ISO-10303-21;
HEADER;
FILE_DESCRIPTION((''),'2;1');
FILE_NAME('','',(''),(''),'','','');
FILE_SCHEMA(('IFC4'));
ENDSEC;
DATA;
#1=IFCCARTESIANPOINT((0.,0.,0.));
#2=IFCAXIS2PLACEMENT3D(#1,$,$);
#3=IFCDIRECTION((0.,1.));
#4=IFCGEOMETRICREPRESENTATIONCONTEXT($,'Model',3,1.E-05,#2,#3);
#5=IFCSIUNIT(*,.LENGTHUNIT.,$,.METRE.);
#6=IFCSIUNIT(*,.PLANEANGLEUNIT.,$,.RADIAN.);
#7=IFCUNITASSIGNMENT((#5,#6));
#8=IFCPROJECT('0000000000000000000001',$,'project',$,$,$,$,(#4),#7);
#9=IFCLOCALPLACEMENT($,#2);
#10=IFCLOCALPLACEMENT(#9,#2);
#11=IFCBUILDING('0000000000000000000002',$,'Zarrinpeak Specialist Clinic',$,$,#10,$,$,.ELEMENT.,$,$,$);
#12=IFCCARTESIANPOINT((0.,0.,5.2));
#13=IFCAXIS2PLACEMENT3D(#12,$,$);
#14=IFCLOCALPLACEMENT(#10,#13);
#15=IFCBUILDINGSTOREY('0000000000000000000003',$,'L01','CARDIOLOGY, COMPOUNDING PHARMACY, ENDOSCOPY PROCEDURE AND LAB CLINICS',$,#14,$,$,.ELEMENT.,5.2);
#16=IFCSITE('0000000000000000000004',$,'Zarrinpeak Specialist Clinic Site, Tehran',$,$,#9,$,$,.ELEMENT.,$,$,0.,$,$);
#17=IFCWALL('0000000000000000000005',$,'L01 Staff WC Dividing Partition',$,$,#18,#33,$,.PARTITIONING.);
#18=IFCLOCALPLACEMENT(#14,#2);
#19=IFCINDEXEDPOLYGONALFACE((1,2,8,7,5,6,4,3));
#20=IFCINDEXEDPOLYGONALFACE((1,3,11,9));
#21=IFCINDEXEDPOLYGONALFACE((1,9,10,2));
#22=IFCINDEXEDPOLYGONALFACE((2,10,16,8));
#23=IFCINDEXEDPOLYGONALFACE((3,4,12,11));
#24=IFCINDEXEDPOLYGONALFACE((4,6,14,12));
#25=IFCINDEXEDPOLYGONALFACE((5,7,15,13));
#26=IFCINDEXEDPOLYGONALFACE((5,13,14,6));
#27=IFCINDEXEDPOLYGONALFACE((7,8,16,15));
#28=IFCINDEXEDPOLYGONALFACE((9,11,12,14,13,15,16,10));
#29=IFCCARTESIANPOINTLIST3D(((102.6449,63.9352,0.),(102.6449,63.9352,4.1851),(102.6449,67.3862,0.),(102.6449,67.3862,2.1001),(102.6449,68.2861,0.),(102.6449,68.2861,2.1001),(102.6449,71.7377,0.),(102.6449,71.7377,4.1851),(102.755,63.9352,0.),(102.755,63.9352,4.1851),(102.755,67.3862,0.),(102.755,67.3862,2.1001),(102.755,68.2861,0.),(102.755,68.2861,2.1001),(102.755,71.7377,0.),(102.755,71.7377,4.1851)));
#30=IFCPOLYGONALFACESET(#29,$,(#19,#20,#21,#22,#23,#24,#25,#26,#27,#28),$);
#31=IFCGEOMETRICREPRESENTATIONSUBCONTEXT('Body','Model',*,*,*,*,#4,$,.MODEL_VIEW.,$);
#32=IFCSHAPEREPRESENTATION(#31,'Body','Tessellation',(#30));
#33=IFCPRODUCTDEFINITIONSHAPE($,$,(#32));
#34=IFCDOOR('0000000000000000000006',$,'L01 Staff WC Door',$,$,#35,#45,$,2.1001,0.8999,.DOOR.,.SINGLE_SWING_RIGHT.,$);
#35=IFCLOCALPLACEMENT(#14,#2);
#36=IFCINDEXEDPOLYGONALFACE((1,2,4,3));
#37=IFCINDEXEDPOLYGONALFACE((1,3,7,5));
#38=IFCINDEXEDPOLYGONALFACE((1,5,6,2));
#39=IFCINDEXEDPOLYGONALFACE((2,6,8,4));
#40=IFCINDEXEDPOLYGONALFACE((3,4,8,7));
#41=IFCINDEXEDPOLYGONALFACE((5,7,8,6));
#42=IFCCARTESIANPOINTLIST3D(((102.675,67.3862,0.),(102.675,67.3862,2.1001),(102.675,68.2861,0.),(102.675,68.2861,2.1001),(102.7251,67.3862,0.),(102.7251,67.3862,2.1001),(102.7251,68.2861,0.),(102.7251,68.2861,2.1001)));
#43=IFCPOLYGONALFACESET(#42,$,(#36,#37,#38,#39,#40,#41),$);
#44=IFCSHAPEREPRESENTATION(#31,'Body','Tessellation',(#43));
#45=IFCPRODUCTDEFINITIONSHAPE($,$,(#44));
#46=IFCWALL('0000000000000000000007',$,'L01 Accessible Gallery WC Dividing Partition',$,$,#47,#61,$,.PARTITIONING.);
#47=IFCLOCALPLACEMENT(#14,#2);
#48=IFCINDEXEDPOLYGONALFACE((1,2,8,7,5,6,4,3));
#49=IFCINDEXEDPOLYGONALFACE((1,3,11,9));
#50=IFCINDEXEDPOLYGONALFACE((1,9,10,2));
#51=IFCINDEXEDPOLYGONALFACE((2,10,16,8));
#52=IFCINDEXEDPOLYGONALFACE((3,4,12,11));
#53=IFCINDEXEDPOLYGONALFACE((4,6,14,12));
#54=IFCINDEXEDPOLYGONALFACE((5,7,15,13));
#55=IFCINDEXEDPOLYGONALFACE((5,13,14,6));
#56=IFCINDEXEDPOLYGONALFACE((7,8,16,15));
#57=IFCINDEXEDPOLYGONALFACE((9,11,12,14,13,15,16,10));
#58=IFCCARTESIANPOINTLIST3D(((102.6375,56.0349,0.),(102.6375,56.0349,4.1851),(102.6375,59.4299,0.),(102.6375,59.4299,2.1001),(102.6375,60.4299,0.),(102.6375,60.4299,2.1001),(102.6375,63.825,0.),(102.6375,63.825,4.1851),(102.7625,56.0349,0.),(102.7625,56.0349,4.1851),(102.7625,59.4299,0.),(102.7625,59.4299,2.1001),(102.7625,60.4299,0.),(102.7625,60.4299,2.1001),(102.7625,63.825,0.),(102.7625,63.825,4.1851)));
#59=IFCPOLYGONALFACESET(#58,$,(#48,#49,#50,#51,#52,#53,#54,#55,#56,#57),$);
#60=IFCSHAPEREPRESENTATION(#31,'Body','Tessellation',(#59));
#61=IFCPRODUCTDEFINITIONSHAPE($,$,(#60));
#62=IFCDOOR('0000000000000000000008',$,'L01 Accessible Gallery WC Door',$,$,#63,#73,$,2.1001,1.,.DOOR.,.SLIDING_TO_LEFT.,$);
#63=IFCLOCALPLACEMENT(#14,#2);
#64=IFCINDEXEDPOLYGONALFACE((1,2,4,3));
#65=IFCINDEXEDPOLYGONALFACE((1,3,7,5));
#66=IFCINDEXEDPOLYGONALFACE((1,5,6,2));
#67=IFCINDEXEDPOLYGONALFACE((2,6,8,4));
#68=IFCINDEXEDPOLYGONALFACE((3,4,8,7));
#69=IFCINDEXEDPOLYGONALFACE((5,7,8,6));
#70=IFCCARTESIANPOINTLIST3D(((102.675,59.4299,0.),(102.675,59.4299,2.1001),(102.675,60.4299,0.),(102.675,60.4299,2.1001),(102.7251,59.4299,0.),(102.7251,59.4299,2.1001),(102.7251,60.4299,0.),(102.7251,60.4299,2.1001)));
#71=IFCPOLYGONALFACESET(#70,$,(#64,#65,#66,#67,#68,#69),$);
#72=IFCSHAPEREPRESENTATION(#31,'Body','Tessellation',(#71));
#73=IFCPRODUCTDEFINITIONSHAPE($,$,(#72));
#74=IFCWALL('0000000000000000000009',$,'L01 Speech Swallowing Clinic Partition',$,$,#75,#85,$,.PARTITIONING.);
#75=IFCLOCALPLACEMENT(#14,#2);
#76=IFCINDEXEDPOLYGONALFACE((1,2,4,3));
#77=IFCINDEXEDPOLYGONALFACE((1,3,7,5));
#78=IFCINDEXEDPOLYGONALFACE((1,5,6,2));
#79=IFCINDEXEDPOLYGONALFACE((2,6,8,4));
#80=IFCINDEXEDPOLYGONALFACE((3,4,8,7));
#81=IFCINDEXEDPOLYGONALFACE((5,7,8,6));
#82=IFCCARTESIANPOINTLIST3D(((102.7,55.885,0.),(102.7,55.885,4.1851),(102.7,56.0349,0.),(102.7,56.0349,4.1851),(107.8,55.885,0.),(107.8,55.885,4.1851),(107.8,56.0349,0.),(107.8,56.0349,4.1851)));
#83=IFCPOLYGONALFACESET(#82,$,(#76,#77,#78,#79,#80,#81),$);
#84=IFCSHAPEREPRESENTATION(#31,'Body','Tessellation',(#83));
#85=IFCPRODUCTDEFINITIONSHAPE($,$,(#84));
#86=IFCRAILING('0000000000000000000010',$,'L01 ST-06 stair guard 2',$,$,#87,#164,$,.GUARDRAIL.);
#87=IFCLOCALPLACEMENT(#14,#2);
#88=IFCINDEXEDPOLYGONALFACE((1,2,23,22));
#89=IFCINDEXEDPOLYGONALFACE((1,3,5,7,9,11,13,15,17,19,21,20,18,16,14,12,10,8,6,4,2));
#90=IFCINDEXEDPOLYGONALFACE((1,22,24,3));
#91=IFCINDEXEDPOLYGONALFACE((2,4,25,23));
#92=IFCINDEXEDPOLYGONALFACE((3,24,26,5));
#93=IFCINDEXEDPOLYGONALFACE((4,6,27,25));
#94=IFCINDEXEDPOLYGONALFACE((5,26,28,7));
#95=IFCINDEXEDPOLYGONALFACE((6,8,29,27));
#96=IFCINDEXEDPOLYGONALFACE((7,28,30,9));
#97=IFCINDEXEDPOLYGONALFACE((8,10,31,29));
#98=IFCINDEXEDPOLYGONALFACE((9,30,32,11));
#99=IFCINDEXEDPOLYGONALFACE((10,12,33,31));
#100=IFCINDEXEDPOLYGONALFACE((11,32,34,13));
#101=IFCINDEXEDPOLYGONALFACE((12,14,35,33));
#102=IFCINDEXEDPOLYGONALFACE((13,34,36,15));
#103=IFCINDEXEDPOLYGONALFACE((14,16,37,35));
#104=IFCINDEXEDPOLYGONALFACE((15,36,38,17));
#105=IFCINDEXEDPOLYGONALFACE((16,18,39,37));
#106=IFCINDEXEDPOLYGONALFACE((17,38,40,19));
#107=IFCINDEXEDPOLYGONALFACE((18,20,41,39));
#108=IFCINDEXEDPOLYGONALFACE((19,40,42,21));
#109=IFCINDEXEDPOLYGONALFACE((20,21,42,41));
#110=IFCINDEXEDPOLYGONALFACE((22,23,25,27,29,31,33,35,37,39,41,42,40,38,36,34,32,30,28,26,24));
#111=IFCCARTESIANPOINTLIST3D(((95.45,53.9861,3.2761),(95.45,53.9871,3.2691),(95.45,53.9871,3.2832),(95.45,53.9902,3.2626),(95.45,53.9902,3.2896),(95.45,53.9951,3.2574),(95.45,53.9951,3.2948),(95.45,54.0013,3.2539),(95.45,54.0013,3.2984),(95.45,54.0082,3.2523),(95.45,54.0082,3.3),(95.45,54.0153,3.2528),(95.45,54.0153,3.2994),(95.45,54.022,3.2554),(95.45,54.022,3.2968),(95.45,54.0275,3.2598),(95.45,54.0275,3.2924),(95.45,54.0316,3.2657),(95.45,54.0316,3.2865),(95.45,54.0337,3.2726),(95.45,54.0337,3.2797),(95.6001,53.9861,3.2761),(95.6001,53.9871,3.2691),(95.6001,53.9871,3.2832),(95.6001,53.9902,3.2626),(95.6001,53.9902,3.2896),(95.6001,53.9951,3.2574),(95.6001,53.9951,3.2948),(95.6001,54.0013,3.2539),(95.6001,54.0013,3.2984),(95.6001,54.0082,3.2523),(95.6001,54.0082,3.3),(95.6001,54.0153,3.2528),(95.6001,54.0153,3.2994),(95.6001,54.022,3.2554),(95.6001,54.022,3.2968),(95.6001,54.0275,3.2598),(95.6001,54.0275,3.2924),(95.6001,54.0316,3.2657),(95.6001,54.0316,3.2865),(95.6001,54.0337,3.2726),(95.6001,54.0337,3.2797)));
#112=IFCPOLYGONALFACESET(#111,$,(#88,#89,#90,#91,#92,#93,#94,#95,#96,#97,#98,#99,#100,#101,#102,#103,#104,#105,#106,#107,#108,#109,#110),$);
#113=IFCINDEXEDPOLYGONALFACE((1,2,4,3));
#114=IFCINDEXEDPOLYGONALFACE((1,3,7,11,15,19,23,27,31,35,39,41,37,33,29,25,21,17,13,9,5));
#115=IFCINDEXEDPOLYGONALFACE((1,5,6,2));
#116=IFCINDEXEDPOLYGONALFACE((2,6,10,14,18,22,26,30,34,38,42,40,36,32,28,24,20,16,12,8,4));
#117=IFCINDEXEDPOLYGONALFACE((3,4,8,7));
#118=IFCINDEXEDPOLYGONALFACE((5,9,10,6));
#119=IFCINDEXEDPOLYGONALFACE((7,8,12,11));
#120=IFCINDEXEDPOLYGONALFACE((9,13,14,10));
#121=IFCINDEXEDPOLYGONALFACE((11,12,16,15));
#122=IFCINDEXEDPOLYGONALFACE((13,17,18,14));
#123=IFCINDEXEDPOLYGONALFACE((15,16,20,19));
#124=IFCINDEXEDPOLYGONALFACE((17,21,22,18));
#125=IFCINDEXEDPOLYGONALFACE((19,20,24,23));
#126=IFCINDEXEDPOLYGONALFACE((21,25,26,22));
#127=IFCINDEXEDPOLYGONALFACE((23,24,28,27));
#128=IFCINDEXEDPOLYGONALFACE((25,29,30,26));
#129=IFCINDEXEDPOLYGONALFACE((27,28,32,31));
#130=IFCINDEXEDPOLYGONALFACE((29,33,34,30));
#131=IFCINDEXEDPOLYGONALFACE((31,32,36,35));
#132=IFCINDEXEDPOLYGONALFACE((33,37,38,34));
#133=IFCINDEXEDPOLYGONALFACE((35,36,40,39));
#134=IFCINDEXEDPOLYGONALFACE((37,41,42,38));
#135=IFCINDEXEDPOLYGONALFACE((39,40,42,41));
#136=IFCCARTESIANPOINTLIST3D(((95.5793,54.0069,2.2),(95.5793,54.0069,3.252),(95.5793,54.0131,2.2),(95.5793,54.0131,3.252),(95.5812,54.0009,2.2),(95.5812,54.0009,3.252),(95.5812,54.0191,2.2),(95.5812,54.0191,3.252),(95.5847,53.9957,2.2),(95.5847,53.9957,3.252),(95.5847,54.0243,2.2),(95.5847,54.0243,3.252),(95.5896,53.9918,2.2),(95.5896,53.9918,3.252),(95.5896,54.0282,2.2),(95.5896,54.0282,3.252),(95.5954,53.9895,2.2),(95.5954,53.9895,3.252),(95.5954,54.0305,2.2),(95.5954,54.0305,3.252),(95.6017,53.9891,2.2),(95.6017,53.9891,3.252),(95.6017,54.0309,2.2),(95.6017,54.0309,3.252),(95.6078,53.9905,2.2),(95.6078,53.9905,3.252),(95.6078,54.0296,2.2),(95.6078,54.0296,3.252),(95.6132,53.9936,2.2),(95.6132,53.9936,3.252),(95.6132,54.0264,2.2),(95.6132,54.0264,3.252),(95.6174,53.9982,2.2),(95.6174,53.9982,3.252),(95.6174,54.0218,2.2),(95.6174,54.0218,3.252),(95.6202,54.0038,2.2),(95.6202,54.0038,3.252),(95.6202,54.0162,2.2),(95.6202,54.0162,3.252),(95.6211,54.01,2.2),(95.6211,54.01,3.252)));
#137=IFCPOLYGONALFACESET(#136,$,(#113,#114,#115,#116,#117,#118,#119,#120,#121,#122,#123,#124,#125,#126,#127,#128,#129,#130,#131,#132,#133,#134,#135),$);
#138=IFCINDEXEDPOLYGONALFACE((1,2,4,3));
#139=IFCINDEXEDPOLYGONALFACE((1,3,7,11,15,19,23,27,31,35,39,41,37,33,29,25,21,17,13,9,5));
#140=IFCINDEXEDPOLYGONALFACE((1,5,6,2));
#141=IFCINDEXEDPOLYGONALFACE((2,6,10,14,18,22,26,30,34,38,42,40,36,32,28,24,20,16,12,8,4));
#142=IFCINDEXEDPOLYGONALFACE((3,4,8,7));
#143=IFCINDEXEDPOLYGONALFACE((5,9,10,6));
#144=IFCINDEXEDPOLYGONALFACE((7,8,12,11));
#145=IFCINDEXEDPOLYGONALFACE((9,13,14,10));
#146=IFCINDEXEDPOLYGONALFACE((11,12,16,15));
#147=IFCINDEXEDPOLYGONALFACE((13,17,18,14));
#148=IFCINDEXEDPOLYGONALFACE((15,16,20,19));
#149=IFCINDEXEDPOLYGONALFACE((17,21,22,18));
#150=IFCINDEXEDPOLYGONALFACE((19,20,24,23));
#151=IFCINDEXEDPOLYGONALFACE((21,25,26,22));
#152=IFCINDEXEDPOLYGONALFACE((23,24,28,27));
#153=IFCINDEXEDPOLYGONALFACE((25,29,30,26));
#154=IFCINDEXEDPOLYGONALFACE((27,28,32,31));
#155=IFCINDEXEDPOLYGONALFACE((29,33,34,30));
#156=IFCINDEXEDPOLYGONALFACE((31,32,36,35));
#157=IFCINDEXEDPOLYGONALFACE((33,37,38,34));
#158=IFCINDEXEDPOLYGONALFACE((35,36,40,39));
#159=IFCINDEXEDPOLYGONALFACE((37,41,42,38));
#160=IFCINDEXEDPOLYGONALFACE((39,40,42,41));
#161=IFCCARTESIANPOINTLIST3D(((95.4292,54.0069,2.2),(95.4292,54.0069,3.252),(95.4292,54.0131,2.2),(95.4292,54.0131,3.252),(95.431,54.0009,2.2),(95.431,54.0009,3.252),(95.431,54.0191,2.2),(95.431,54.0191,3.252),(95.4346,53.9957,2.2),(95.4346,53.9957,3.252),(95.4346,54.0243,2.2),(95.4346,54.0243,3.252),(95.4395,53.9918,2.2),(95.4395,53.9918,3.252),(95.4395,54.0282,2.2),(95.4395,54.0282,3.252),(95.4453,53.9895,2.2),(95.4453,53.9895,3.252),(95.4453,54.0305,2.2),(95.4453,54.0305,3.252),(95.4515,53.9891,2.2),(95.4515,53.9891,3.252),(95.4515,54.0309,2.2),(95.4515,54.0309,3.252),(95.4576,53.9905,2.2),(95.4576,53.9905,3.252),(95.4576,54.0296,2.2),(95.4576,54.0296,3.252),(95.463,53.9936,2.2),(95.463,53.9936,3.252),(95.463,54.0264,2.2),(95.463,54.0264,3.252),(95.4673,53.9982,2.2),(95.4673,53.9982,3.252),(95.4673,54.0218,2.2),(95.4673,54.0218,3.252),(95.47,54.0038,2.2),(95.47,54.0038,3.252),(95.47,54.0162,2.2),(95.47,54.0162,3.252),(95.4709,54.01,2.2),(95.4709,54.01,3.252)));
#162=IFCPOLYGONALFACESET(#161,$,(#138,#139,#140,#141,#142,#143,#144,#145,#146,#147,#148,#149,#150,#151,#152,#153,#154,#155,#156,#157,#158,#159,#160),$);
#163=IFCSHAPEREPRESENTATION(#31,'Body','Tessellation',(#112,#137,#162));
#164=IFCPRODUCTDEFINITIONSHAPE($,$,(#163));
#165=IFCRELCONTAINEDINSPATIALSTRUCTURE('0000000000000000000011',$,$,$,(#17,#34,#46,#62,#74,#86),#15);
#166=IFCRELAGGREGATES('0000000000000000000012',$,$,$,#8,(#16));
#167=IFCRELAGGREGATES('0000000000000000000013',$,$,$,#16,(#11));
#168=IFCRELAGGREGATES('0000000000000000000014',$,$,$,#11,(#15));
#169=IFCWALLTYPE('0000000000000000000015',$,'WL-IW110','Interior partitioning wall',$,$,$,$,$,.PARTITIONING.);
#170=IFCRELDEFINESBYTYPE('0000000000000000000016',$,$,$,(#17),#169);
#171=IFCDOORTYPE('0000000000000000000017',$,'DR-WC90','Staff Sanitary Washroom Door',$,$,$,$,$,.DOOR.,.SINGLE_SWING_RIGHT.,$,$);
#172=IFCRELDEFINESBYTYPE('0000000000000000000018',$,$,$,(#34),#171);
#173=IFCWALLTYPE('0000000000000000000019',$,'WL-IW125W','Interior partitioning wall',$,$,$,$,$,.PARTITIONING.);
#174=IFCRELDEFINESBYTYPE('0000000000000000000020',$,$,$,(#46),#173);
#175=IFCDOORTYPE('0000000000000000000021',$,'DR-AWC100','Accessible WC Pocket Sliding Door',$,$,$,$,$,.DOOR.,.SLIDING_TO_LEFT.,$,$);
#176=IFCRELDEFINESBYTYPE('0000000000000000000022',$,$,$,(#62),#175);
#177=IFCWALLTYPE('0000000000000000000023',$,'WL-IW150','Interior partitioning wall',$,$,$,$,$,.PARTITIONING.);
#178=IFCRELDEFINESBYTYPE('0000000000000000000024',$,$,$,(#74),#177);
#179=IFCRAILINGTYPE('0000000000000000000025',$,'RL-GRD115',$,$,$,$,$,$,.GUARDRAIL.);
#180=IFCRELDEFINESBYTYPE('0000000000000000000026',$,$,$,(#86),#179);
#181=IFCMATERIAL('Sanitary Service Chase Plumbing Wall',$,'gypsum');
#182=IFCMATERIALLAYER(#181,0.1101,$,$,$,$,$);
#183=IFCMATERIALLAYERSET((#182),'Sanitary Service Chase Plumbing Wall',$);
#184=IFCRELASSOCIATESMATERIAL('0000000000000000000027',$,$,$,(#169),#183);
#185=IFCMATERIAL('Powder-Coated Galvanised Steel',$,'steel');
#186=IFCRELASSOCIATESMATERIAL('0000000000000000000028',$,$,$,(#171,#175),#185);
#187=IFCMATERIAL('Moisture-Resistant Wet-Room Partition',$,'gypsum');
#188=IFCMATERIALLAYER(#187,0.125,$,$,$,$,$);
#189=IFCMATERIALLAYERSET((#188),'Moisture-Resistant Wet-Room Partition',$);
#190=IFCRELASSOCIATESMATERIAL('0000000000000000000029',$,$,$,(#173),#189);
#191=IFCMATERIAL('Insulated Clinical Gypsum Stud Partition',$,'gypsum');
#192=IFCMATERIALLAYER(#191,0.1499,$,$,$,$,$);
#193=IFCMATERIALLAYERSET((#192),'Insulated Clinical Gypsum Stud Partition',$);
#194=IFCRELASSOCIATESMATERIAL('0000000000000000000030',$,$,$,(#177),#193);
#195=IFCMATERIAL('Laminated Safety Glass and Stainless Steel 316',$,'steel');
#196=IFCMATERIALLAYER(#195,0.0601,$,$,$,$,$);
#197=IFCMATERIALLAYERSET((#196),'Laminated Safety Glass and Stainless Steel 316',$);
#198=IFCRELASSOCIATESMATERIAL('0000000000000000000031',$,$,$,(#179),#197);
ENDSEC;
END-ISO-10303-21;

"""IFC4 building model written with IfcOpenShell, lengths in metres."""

from ifc_helpers import new_model, si_unit, direction, frame, frame_2d, origin, origin_2d, place, context, subcontext, project, spatial, rectangle, circle, extrude, material, layer, layer_set, type_object, element, fill, save


model = new_model("IFC4")

# Units and contexts
model_context = context("Model", 3, precision=1e-05, world=origin(), true_north=direction((0.0, 1.0)))
body_context = subcontext(model_context, "Body", "Model", "MODEL_VIEW")
ifc_project = project(units=[si_unit("LENGTHUNIT", "METRE"), si_unit("PLANEANGLEUNIT", "RADIAN")], contexts=[model_context])

# Site, building, storey
site_placement = place(None, origin())
site = spatial("IfcSite", under=ifc_project, at=site_placement, Name="Zarrinpeak Specialist Clinic Site, Tehran", CompositionType="ELEMENT", RefElevation=0.0)
building_placement = place(site_placement, origin())
building = spatial("IfcBuilding", under=site, at=building_placement, Name="Zarrinpeak Specialist Clinic", CompositionType="ELEMENT")
storey_placement = place(building_placement, frame((0.0, 0.0, 5.2)))
storey = spatial("IfcBuildingStorey", under=building, at=storey_placement, Name="L01", Description="CARDIOLOGY, COMPOUNDING PHARMACY, ENDOSCOPY PROCEDURE AND LAB CLINICS", CompositionType="ELEMENT", Elevation=5.2)

# Shared definitions
ifc_material_1 = material(Name="Sanitary Service Chase Plumbing Wall", Category="gypsum")
ifc_layer_1 = layer(ifc_material_1, 0.1101)
ifc_layer_set_1 = layer_set([ifc_layer_1], Name="Sanitary Service Chase Plumbing Wall")
wall_type_1 = type_object("IfcWallType", Name="WL-IW110", Description="Interior partitioning wall", PredefinedType="PARTITIONING", material=ifc_layer_set_1)

# Walls, openings, doors
wall_1_placement = place(storey_placement, frame((102.7, 63.9351, 0.0), z_axis=(0.0, 0.0, 1.0), x_axis=(0.0, 1.0, 0.0)))
wall_1 = element("IfcWall", 1, at=wall_1_placement, inside=storey, type_object=wall_type_1, Name="L01 Staff WC Dividing Partition", PredefinedType="PARTITIONING", context=body_context, shape_type="SweptSolid", body=[
    extrude(rectangle(XDim=7.8025, YDim=0.1101, at=frame_2d((3.9014, 0.0))), origin(), (0.0, 0.0, 1.0), 4.1851),
])
opening_1_placement = place(wall_1_placement, frame((3.4512, 0.0, 0.0)))
opening_1 = element("IfcOpeningElement", 2, at=opening_1_placement, cuts=wall_1, PredefinedType="OPENING", context=body_context, shape_type="SweptSolid", body=[
    extrude(rectangle(XDim=0.8999, YDim=2.1001, at=frame_2d((0.45, 1.05))), frame((0.0, 0.0649, 0.0), z_axis=(0.0, -1.0, 0.0), x_axis=(1.0, 0.0, 0.0)), (0.0, 0.0, 1.0), 0.1301),
])
ifc_material_2 = material(Name="Powder-Coated Galvanised Steel", Category="steel")
door_type_1 = type_object("IfcDoorType", Name="DR-WC90", Description="Staff Sanitary Washroom Door", OperationType="SINGLE_SWING_RIGHT", PredefinedType="DOOR", material=ifc_material_2)
door_1_placement = place(opening_1_placement, origin())
door_1 = element("IfcDoor", 3, at=door_1_placement, inside=storey, type_object=door_type_1, Name="L01 Staff WC Door", OperationType="SINGLE_SWING_RIGHT", OverallHeight=2.1001, OverallWidth=0.8999, PredefinedType="DOOR", context=body_context, shape_type="SweptSolid", body=[
    extrude(rectangle(XDim=0.8999, YDim=2.1001, at=frame_2d((0.45, 1.05))), frame((0.0, 0.0249, 0.0), z_axis=(0.0, -1.0, 0.0), x_axis=(1.0, 0.0, 0.0)), (0.0, 0.0, 1.0), 0.05),
])
fill(opening_1, door_1)
ifc_material_3 = material(Name="Moisture-Resistant Wet-Room Partition", Category="gypsum")
ifc_layer_2 = layer(ifc_material_3, 0.125)
ifc_layer_set_2 = layer_set([ifc_layer_2], Name="Moisture-Resistant Wet-Room Partition")
wall_type_2 = type_object("IfcWallType", Name="WL-IW125W", Description="Interior partitioning wall", PredefinedType="PARTITIONING", material=ifc_layer_set_2)
wall_2_placement = place(storey_placement, frame((102.7, 56.0349, 0.0), z_axis=(0.0, 0.0, 1.0), x_axis=(0.0, 1.0, 0.0)))
wall_2 = element("IfcWall", 4, at=wall_2_placement, inside=storey, type_object=wall_type_2, Name="L01 Accessible Gallery WC Dividing Partition", PredefinedType="PARTITIONING", context=body_context, shape_type="SweptSolid", body=[
    extrude(rectangle(XDim=7.79, YDim=0.125, at=frame_2d((3.895, 0.0))), origin(), (0.0, 0.0, 1.0), 4.1851),
])
opening_2_placement = place(wall_2_placement, frame((3.395, 0.0, 0.0)))
opening_2 = element("IfcOpeningElement", 5, at=opening_2_placement, cuts=wall_2, PredefinedType="OPENING", context=body_context, shape_type="SweptSolid", body=[
    extrude(rectangle(XDim=1.0, YDim=2.1001, at=frame_2d((0.5, 1.05))), frame((0.0, 0.0725, 0.0), z_axis=(0.0, -1.0, 0.0), x_axis=(1.0, 0.0, 0.0)), (0.0, 0.0, 1.0), 0.145),
])
door_type_2 = type_object("IfcDoorType", Name="DR-AWC100", Description="Accessible WC Pocket Sliding Door", OperationType="SLIDING_TO_LEFT", PredefinedType="DOOR", material=ifc_material_2)
door_2_placement = place(opening_2_placement, origin())
door_2 = element("IfcDoor", 6, at=door_2_placement, inside=storey, type_object=door_type_2, Name="L01 Accessible Gallery WC Door", OperationType="SLIDING_TO_LEFT", OverallHeight=2.1001, OverallWidth=1.0, PredefinedType="DOOR", context=body_context, shape_type="SweptSolid", body=[
    extrude(rectangle(XDim=1.0, YDim=2.1001, at=frame_2d((0.5, 1.05))), frame((0.0, 0.0249, 0.0), z_axis=(0.0, -1.0, 0.0), x_axis=(1.0, 0.0, 0.0)), (0.0, 0.0, 1.0), 0.05),
])
fill(opening_2, door_2)

# Wall
ifc_material_4 = material(Name="Insulated Clinical Gypsum Stud Partition", Category="gypsum")
ifc_layer_3 = layer(ifc_material_4, 0.1499)
ifc_layer_set_3 = layer_set([ifc_layer_3], Name="Insulated Clinical Gypsum Stud Partition")
wall_type_3 = type_object("IfcWallType", Name="WL-IW150", Description="Interior partitioning wall", PredefinedType="PARTITIONING", material=ifc_layer_set_3)
wall_3_placement = place(storey_placement, frame((102.7, 55.96, 0.0), z_axis=(0.0, 0.0, 1.0), x_axis=(1.0, 0.0, 0.0)))
element("IfcWall", 7, at=wall_3_placement, inside=storey, type_object=wall_type_3, Name="L01 Speech Swallowing Clinic Partition", PredefinedType="PARTITIONING", context=body_context, shape_type="SweptSolid", body=[
    extrude(rectangle(XDim=5.1001, YDim=0.1499, at=frame_2d((2.55, 0.0))), origin(), (0.0, 0.0, 1.0), 4.1851),
])

# Railing
ifc_material_5 = material(Name="Laminated Safety Glass and Stainless Steel 316", Category="steel")
ifc_layer_4 = layer(ifc_material_5, 0.0601)
ifc_layer_set_4 = layer_set([ifc_layer_4], Name="Laminated Safety Glass and Stainless Steel 316")
railing_type = type_object("IfcRailingType", Name="RL-GRD115", PredefinedType="GUARDRAIL", material=ifc_layer_set_4)
railing_placement = place(storey_placement, frame((95.6001, 54.01, 2.2)))
element("IfcRailing", 8, at=railing_placement, inside=storey, type_object=railing_type, Name="L01 ST-06 stair guard 2", PredefinedType="GUARDRAIL", context=body_context, shape_type="SweptSolid", body=[
    extrude(circle(Radius=0.0239, at=origin_2d()), frame((0.0, 0.0, 1.0762), z_axis=(-1.0, 0.0, 0.0), x_axis=(0.0, -1.0, 0.0)), (0.0, 0.0, 1.0), 0.1501),
    extrude(circle(Radius=0.021, at=origin_2d()), origin(), (0.0, 0.0, 1.0), 1.052),
    extrude(circle(Radius=0.021, at=origin_2d()), frame((-0.1501, 0.0, 0.0)), (0.0, 0.0, 1.0), 1.052),
])

save(model, "model.ifc")
